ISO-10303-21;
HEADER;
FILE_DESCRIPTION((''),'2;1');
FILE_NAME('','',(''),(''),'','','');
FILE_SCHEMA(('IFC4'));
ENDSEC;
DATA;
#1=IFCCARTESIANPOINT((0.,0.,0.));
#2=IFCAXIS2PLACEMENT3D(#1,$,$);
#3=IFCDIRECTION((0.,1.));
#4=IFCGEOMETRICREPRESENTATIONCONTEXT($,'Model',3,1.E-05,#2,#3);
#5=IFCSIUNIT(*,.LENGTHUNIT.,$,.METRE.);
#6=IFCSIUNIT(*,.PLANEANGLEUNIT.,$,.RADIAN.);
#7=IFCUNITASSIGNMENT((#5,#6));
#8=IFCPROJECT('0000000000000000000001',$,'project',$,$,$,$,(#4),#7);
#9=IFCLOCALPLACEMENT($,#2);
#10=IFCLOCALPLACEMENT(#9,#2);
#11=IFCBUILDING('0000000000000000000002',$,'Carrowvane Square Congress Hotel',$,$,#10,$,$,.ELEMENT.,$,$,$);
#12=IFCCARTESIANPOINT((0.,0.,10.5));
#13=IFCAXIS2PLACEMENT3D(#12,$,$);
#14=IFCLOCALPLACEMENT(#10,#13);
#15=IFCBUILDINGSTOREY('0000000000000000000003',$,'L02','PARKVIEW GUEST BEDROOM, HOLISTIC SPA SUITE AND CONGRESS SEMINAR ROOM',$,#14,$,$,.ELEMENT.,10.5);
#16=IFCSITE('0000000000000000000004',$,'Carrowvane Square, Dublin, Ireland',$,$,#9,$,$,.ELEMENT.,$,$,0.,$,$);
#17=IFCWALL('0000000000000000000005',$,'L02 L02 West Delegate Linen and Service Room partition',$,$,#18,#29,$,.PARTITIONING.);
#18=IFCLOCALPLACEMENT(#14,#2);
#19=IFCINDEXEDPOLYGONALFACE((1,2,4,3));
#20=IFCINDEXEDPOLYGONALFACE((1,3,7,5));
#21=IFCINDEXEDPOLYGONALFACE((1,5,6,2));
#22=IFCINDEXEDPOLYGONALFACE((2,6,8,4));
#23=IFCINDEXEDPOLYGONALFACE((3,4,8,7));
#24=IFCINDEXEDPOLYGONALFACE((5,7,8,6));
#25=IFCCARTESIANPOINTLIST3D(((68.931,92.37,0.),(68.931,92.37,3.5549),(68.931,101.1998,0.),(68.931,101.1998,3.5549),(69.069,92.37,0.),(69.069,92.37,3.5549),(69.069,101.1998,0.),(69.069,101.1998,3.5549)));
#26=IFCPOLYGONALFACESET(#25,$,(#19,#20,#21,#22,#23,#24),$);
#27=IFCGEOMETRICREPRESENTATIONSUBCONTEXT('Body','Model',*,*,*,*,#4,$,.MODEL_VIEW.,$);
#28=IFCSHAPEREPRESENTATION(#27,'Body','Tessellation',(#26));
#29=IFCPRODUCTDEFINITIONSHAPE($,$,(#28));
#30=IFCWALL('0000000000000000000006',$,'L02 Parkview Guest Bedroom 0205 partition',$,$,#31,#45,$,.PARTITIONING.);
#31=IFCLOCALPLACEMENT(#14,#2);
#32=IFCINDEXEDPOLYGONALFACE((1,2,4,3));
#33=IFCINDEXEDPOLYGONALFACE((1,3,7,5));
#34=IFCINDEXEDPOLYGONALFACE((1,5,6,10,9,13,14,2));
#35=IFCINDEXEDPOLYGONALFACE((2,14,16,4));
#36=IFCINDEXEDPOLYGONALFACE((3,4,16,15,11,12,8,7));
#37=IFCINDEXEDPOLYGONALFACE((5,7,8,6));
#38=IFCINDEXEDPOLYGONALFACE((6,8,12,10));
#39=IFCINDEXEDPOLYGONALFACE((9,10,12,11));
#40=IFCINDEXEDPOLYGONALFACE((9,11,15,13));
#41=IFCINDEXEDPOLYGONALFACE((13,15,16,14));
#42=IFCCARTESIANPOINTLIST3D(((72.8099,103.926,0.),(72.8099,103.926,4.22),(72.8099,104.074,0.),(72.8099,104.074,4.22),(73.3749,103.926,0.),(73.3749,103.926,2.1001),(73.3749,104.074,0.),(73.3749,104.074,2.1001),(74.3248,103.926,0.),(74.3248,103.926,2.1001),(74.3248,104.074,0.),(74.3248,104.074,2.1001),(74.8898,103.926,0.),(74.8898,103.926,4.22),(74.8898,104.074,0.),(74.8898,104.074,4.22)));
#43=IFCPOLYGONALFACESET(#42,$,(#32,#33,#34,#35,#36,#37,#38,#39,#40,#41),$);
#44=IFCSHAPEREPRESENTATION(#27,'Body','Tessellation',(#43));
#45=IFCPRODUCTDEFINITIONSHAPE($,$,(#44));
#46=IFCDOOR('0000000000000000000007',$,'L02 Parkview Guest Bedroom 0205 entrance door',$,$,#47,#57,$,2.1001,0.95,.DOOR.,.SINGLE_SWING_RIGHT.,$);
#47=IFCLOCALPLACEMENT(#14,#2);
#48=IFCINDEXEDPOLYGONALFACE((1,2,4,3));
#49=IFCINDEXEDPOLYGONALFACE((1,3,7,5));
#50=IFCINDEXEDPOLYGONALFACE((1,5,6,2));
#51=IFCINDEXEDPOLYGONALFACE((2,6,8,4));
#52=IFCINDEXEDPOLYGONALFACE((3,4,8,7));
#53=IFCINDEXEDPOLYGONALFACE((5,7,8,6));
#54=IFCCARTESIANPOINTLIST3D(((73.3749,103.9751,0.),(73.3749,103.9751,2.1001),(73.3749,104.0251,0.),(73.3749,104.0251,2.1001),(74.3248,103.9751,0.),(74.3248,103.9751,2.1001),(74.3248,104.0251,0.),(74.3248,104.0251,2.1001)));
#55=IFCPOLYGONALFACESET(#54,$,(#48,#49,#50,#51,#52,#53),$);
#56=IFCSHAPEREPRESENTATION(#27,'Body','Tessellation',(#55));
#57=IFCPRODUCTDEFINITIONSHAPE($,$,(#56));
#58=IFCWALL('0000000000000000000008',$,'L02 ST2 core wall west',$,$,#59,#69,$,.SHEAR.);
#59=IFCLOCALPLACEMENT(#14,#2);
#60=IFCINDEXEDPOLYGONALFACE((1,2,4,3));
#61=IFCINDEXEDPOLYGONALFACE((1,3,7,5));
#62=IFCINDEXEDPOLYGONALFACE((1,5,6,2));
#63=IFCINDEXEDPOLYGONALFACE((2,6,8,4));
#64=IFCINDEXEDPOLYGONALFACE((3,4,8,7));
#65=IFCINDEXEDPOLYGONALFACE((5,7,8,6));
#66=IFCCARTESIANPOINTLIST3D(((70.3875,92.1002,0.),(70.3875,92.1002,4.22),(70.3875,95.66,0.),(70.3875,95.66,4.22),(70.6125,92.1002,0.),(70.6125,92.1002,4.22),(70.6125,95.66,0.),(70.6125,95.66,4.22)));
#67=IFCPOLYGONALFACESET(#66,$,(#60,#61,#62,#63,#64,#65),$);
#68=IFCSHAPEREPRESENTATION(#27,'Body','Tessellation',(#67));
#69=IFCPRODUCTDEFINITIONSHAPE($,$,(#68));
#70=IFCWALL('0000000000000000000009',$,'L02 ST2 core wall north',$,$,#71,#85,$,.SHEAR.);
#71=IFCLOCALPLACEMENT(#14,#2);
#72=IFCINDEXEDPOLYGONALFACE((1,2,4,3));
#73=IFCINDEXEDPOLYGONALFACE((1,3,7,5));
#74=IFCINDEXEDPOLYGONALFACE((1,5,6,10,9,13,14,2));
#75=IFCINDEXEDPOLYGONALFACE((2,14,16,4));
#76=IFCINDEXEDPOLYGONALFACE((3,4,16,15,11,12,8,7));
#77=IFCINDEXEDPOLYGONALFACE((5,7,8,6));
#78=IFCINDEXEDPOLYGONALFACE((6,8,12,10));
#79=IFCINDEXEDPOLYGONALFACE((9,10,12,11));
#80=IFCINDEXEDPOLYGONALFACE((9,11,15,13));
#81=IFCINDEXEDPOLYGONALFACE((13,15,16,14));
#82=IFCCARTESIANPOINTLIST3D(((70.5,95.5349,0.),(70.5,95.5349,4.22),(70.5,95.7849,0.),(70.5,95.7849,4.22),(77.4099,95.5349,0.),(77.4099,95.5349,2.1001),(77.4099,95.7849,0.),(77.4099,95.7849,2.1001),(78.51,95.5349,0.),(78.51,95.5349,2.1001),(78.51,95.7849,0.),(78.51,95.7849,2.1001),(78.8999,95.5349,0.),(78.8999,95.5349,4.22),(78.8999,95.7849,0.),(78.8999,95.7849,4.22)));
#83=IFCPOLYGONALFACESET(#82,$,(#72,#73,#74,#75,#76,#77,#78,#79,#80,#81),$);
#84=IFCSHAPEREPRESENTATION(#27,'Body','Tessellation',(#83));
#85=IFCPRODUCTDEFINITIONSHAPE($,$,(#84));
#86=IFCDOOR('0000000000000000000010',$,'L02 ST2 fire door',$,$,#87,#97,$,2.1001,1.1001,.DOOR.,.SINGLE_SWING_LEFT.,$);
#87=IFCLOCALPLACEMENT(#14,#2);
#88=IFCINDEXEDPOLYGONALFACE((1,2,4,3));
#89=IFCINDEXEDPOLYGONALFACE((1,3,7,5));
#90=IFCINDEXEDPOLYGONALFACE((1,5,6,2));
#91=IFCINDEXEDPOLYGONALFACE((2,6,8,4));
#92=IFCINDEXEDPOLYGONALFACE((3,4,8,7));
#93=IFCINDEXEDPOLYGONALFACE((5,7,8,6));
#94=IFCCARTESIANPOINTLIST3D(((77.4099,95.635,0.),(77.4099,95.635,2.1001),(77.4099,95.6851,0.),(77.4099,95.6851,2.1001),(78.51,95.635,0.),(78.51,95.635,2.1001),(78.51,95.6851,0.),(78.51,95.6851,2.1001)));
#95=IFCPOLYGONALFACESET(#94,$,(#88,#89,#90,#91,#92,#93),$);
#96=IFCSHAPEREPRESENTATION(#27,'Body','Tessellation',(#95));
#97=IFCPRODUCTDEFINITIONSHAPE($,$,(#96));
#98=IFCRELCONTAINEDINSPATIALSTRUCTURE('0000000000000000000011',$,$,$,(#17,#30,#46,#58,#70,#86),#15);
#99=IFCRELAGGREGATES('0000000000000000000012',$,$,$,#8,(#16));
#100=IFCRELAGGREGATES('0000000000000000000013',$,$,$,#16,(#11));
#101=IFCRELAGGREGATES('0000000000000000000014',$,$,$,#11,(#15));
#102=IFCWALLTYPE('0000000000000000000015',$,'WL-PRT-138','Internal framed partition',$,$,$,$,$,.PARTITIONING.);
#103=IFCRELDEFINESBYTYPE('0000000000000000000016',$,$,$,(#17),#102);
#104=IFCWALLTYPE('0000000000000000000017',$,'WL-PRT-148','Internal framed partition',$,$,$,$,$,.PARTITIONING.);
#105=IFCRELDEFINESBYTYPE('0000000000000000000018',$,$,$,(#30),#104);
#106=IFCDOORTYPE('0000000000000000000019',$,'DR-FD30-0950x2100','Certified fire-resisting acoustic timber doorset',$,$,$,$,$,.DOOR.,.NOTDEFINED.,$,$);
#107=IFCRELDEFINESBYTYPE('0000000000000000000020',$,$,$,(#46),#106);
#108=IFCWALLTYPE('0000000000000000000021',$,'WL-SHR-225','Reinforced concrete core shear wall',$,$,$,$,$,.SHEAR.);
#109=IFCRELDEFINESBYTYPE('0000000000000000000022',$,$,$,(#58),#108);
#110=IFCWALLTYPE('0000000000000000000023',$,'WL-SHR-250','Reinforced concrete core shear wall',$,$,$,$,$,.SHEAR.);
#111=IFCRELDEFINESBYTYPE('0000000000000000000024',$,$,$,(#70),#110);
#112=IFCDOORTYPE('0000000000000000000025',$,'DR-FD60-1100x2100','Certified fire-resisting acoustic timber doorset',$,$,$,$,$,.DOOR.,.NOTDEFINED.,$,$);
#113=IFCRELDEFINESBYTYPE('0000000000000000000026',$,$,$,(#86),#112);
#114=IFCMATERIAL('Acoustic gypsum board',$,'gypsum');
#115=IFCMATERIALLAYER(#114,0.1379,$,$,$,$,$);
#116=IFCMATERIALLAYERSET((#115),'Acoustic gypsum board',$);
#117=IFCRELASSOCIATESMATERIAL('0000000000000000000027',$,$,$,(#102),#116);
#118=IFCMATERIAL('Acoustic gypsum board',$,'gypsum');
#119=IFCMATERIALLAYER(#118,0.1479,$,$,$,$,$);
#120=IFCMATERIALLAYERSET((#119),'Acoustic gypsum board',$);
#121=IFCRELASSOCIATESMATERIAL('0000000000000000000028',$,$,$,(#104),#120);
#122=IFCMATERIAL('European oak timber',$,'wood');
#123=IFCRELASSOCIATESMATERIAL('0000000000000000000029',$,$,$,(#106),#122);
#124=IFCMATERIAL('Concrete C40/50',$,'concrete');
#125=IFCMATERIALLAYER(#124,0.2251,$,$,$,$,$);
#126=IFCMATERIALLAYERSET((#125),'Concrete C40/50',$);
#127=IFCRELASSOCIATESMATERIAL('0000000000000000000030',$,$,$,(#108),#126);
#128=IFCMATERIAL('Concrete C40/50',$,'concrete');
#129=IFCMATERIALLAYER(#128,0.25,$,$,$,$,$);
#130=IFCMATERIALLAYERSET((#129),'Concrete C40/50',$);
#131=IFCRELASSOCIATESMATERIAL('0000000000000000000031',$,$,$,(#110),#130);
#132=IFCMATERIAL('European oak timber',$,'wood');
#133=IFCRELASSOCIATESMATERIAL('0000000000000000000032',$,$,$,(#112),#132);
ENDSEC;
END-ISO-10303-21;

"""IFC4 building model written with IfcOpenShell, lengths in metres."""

from ifc_helpers import new_model, si_unit, direction, frame, frame_2d, origin, place, context, subcontext, project, spatial, rectangle, extrude, material, layer, layer_set, type_object, element, fill, save


model = new_model("IFC4")

# Units and contexts
model_context = context("Model", 3, precision=1e-05, world=origin(), true_north=direction((0.0, 1.0)))
body_context = subcontext(model_context, "Body", "Model", "MODEL_VIEW")
ifc_project = project(units=[si_unit("LENGTHUNIT", "METRE"), si_unit("PLANEANGLEUNIT", "RADIAN")], contexts=[model_context])

# Site, building, storey
site_placement = place(None, origin())
site = spatial("IfcSite", under=ifc_project, at=site_placement, Name="Carrowvane Square, Dublin, Ireland", CompositionType="ELEMENT", RefElevation=0.0)
building_placement = place(site_placement, origin())
building = spatial("IfcBuilding", under=site, at=building_placement, Name="Carrowvane Square Congress Hotel", CompositionType="ELEMENT")
storey_placement = place(building_placement, frame((0.0, 0.0, 10.5)))
storey = spatial("IfcBuildingStorey", under=building, at=storey_placement, Name="L02", Description="PARKVIEW GUEST BEDROOM, HOLISTIC SPA SUITE AND CONGRESS SEMINAR ROOM", CompositionType="ELEMENT", Elevation=10.5)

# Wall
ifc_material_1 = material(Name="Acoustic gypsum board", Category="gypsum")
ifc_layer_1 = layer(ifc_material_1, 0.1379)
ifc_layer_set_1 = layer_set([ifc_layer_1], Name="Acoustic gypsum board")
wall_type_1 = type_object("IfcWallType", Name="WL-PRT-138", Description="Internal framed partition", PredefinedType="PARTITIONING", material=ifc_layer_set_1)
wall_1_placement = place(storey_placement, frame((69.0, 101.2, 0.0), z_axis=(0.0, 0.0, 1.0), x_axis=(0.0, -1.0, 0.0)))
element("IfcWall", 1, at=wall_1_placement, inside=storey, type_object=wall_type_1, Name="L02 L02 West Delegate Linen and Service Room partition", PredefinedType="PARTITIONING", context=body_context, shape_type="SweptSolid", body=[
    extrude(rectangle(XDim=8.8298, YDim=0.1379, at=frame_2d((4.415, 0.0))), origin(), (0.0, 0.0, 1.0), 3.5549),
])

# Wall, opening, door
ifc_material_2 = material(Name="Acoustic gypsum board", Category="gypsum")
ifc_layer_2 = layer(ifc_material_2, 0.1479)
ifc_layer_set_2 = layer_set([ifc_layer_2], Name="Acoustic gypsum board")
wall_type_2 = type_object("IfcWallType", Name="WL-PRT-148", Description="Internal framed partition", PredefinedType="PARTITIONING", material=ifc_layer_set_2)
wall_2_placement = place(storey_placement, frame((74.8899, 104.0, 0.0), z_axis=(0.0, 0.0, 1.0), x_axis=(-1.0, 0.0, 0.0)))
wall_2 = element("IfcWall", 2, at=wall_2_placement, inside=storey, type_object=wall_type_2, Name="L02 Parkview Guest Bedroom 0205 partition", PredefinedType="PARTITIONING", context=body_context, shape_type="SweptSolid", body=[
    extrude(rectangle(XDim=2.0798, YDim=0.1479, at=frame_2d((1.04, 0.0))), origin(), (0.0, 0.0, 1.0), 4.22),
])
opening_1_placement = place(wall_2_placement, frame((0.5649, 0.0, 0.0)))
opening_1 = element("IfcOpeningElement", 3, at=opening_1_placement, cuts=wall_2, PredefinedType="OPENING", context=body_context, shape_type="SweptSolid", body=[
    extrude(rectangle(XDim=0.95, YDim=2.1001, at=frame_2d((0.4751, 1.05))), frame((0.0, 0.084, 0.0), z_axis=(0.0, -1.0, 0.0), x_axis=(1.0, 0.0, 0.0)), (0.0, 0.0, 1.0), 0.168),
])
ifc_material_3 = material(Name="European oak timber", Category="wood")
door_type_1 = type_object("IfcDoorType", Name="DR-FD30-0950x2100", Description="Certified fire-resisting acoustic timber doorset", OperationType="NOTDEFINED", PredefinedType="DOOR", material=ifc_material_3)
door_1_placement = place(opening_1_placement, origin())
door_1 = element("IfcDoor", 4, at=door_1_placement, inside=storey, type_object=door_type_1, Name="L02 Parkview Guest Bedroom 0205 entrance door", OperationType="SINGLE_SWING_RIGHT", OverallHeight=2.1001, OverallWidth=0.95, PredefinedType="DOOR", context=body_context, shape_type="SweptSolid", body=[
    extrude(rectangle(XDim=0.95, YDim=2.1001, at=frame_2d((0.4751, 1.05))), frame((0.0, 0.0249, 0.0), z_axis=(0.0, -1.0, 0.0), x_axis=(1.0, 0.0, 0.0)), (0.0, 0.0, 1.0), 0.05),
])
fill(opening_1, door_1)

# Wall
ifc_material_4 = material(Name="Concrete C40/50", Category="concrete")
ifc_layer_3 = layer(ifc_material_4, 0.2251)
ifc_layer_set_3 = layer_set([ifc_layer_3], Name="Concrete C40/50")
wall_type_3 = type_object("IfcWallType", Name="WL-SHR-225", Description="Reinforced concrete core shear wall", PredefinedType="SHEAR", material=ifc_layer_set_3)
wall_3_placement = place(storey_placement, frame((70.5, 95.6599, 0.0), z_axis=(0.0, 0.0, 1.0), x_axis=(0.0, -1.0, 0.0)))
element("IfcWall", 5, at=wall_3_placement, inside=storey, type_object=wall_type_3, Name="L02 ST2 core wall west", PredefinedType="SHEAR", context=body_context, shape_type="SweptSolid", body=[
    extrude(rectangle(XDim=3.5598, YDim=0.2251, at=frame_2d((1.7798, 0.0))), origin(), (0.0, 0.0, 1.0), 4.22),
])

# Wall, opening, door
ifc_material_5 = material(Name="Concrete C40/50", Category="concrete")
ifc_layer_4 = layer(ifc_material_5, 0.25)
ifc_layer_set_4 = layer_set([ifc_layer_4], Name="Concrete C40/50")
wall_type_4 = type_object("IfcWallType", Name="WL-SHR-250", Description="Reinforced concrete core shear wall", PredefinedType="SHEAR", material=ifc_layer_set_4)
wall_4_placement = place(storey_placement, frame((78.8999, 95.6599, 0.0), z_axis=(0.0, 0.0, 1.0), x_axis=(-1.0, 0.0, 0.0)))
wall_4 = element("IfcWall", 6, at=wall_4_placement, inside=storey, type_object=wall_type_4, Name="L02 ST2 core wall north", PredefinedType="SHEAR", context=body_context, shape_type="SweptSolid", body=[
    extrude(rectangle(XDim=8.3999, YDim=0.25, at=frame_2d((4.2, 0.0))), origin(), (0.0, 0.0, 1.0), 4.22),
])
opening_2_placement = place(wall_4_placement, frame((0.3899, 0.0, 0.0)))
opening_2 = element("IfcOpeningElement", 7, at=opening_2_placement, cuts=wall_4, PredefinedType="OPENING", context=body_context, shape_type="SweptSolid", body=[
    extrude(rectangle(XDim=1.1001, YDim=2.1001, at=frame_2d((0.55, 1.05))), frame((0.0, 0.135, 0.0), z_axis=(0.0, -1.0, 0.0), x_axis=(1.0, 0.0, 0.0)), (0.0, 0.0, 1.0), 0.27),
])
ifc_material_6 = material(Name="European oak timber", Category="wood")
door_type_2 = type_object("IfcDoorType", Name="DR-FD60-1100x2100", Description="Certified fire-resisting acoustic timber doorset", OperationType="NOTDEFINED", PredefinedType="DOOR", material=ifc_material_6)
door_2_placement = place(opening_2_placement, origin())
door_2 = element("IfcDoor", 8, at=door_2_placement, inside=storey, type_object=door_type_2, Name="L02 ST2 fire door", OperationType="SINGLE_SWING_LEFT", OverallHeight=2.1001, OverallWidth=1.1001, PredefinedType="DOOR", context=body_context, shape_type="SweptSolid", body=[
    extrude(rectangle(XDim=1.1001, YDim=2.1001, at=frame_2d((0.55, 1.05))), frame((0.0, 0.0249, 0.0), z_axis=(0.0, -1.0, 0.0), x_axis=(1.0, 0.0, 0.0)), (0.0, 0.0, 1.0), 0.05),
])
fill(opening_2, door_2)

save(model, "model.ifc")
